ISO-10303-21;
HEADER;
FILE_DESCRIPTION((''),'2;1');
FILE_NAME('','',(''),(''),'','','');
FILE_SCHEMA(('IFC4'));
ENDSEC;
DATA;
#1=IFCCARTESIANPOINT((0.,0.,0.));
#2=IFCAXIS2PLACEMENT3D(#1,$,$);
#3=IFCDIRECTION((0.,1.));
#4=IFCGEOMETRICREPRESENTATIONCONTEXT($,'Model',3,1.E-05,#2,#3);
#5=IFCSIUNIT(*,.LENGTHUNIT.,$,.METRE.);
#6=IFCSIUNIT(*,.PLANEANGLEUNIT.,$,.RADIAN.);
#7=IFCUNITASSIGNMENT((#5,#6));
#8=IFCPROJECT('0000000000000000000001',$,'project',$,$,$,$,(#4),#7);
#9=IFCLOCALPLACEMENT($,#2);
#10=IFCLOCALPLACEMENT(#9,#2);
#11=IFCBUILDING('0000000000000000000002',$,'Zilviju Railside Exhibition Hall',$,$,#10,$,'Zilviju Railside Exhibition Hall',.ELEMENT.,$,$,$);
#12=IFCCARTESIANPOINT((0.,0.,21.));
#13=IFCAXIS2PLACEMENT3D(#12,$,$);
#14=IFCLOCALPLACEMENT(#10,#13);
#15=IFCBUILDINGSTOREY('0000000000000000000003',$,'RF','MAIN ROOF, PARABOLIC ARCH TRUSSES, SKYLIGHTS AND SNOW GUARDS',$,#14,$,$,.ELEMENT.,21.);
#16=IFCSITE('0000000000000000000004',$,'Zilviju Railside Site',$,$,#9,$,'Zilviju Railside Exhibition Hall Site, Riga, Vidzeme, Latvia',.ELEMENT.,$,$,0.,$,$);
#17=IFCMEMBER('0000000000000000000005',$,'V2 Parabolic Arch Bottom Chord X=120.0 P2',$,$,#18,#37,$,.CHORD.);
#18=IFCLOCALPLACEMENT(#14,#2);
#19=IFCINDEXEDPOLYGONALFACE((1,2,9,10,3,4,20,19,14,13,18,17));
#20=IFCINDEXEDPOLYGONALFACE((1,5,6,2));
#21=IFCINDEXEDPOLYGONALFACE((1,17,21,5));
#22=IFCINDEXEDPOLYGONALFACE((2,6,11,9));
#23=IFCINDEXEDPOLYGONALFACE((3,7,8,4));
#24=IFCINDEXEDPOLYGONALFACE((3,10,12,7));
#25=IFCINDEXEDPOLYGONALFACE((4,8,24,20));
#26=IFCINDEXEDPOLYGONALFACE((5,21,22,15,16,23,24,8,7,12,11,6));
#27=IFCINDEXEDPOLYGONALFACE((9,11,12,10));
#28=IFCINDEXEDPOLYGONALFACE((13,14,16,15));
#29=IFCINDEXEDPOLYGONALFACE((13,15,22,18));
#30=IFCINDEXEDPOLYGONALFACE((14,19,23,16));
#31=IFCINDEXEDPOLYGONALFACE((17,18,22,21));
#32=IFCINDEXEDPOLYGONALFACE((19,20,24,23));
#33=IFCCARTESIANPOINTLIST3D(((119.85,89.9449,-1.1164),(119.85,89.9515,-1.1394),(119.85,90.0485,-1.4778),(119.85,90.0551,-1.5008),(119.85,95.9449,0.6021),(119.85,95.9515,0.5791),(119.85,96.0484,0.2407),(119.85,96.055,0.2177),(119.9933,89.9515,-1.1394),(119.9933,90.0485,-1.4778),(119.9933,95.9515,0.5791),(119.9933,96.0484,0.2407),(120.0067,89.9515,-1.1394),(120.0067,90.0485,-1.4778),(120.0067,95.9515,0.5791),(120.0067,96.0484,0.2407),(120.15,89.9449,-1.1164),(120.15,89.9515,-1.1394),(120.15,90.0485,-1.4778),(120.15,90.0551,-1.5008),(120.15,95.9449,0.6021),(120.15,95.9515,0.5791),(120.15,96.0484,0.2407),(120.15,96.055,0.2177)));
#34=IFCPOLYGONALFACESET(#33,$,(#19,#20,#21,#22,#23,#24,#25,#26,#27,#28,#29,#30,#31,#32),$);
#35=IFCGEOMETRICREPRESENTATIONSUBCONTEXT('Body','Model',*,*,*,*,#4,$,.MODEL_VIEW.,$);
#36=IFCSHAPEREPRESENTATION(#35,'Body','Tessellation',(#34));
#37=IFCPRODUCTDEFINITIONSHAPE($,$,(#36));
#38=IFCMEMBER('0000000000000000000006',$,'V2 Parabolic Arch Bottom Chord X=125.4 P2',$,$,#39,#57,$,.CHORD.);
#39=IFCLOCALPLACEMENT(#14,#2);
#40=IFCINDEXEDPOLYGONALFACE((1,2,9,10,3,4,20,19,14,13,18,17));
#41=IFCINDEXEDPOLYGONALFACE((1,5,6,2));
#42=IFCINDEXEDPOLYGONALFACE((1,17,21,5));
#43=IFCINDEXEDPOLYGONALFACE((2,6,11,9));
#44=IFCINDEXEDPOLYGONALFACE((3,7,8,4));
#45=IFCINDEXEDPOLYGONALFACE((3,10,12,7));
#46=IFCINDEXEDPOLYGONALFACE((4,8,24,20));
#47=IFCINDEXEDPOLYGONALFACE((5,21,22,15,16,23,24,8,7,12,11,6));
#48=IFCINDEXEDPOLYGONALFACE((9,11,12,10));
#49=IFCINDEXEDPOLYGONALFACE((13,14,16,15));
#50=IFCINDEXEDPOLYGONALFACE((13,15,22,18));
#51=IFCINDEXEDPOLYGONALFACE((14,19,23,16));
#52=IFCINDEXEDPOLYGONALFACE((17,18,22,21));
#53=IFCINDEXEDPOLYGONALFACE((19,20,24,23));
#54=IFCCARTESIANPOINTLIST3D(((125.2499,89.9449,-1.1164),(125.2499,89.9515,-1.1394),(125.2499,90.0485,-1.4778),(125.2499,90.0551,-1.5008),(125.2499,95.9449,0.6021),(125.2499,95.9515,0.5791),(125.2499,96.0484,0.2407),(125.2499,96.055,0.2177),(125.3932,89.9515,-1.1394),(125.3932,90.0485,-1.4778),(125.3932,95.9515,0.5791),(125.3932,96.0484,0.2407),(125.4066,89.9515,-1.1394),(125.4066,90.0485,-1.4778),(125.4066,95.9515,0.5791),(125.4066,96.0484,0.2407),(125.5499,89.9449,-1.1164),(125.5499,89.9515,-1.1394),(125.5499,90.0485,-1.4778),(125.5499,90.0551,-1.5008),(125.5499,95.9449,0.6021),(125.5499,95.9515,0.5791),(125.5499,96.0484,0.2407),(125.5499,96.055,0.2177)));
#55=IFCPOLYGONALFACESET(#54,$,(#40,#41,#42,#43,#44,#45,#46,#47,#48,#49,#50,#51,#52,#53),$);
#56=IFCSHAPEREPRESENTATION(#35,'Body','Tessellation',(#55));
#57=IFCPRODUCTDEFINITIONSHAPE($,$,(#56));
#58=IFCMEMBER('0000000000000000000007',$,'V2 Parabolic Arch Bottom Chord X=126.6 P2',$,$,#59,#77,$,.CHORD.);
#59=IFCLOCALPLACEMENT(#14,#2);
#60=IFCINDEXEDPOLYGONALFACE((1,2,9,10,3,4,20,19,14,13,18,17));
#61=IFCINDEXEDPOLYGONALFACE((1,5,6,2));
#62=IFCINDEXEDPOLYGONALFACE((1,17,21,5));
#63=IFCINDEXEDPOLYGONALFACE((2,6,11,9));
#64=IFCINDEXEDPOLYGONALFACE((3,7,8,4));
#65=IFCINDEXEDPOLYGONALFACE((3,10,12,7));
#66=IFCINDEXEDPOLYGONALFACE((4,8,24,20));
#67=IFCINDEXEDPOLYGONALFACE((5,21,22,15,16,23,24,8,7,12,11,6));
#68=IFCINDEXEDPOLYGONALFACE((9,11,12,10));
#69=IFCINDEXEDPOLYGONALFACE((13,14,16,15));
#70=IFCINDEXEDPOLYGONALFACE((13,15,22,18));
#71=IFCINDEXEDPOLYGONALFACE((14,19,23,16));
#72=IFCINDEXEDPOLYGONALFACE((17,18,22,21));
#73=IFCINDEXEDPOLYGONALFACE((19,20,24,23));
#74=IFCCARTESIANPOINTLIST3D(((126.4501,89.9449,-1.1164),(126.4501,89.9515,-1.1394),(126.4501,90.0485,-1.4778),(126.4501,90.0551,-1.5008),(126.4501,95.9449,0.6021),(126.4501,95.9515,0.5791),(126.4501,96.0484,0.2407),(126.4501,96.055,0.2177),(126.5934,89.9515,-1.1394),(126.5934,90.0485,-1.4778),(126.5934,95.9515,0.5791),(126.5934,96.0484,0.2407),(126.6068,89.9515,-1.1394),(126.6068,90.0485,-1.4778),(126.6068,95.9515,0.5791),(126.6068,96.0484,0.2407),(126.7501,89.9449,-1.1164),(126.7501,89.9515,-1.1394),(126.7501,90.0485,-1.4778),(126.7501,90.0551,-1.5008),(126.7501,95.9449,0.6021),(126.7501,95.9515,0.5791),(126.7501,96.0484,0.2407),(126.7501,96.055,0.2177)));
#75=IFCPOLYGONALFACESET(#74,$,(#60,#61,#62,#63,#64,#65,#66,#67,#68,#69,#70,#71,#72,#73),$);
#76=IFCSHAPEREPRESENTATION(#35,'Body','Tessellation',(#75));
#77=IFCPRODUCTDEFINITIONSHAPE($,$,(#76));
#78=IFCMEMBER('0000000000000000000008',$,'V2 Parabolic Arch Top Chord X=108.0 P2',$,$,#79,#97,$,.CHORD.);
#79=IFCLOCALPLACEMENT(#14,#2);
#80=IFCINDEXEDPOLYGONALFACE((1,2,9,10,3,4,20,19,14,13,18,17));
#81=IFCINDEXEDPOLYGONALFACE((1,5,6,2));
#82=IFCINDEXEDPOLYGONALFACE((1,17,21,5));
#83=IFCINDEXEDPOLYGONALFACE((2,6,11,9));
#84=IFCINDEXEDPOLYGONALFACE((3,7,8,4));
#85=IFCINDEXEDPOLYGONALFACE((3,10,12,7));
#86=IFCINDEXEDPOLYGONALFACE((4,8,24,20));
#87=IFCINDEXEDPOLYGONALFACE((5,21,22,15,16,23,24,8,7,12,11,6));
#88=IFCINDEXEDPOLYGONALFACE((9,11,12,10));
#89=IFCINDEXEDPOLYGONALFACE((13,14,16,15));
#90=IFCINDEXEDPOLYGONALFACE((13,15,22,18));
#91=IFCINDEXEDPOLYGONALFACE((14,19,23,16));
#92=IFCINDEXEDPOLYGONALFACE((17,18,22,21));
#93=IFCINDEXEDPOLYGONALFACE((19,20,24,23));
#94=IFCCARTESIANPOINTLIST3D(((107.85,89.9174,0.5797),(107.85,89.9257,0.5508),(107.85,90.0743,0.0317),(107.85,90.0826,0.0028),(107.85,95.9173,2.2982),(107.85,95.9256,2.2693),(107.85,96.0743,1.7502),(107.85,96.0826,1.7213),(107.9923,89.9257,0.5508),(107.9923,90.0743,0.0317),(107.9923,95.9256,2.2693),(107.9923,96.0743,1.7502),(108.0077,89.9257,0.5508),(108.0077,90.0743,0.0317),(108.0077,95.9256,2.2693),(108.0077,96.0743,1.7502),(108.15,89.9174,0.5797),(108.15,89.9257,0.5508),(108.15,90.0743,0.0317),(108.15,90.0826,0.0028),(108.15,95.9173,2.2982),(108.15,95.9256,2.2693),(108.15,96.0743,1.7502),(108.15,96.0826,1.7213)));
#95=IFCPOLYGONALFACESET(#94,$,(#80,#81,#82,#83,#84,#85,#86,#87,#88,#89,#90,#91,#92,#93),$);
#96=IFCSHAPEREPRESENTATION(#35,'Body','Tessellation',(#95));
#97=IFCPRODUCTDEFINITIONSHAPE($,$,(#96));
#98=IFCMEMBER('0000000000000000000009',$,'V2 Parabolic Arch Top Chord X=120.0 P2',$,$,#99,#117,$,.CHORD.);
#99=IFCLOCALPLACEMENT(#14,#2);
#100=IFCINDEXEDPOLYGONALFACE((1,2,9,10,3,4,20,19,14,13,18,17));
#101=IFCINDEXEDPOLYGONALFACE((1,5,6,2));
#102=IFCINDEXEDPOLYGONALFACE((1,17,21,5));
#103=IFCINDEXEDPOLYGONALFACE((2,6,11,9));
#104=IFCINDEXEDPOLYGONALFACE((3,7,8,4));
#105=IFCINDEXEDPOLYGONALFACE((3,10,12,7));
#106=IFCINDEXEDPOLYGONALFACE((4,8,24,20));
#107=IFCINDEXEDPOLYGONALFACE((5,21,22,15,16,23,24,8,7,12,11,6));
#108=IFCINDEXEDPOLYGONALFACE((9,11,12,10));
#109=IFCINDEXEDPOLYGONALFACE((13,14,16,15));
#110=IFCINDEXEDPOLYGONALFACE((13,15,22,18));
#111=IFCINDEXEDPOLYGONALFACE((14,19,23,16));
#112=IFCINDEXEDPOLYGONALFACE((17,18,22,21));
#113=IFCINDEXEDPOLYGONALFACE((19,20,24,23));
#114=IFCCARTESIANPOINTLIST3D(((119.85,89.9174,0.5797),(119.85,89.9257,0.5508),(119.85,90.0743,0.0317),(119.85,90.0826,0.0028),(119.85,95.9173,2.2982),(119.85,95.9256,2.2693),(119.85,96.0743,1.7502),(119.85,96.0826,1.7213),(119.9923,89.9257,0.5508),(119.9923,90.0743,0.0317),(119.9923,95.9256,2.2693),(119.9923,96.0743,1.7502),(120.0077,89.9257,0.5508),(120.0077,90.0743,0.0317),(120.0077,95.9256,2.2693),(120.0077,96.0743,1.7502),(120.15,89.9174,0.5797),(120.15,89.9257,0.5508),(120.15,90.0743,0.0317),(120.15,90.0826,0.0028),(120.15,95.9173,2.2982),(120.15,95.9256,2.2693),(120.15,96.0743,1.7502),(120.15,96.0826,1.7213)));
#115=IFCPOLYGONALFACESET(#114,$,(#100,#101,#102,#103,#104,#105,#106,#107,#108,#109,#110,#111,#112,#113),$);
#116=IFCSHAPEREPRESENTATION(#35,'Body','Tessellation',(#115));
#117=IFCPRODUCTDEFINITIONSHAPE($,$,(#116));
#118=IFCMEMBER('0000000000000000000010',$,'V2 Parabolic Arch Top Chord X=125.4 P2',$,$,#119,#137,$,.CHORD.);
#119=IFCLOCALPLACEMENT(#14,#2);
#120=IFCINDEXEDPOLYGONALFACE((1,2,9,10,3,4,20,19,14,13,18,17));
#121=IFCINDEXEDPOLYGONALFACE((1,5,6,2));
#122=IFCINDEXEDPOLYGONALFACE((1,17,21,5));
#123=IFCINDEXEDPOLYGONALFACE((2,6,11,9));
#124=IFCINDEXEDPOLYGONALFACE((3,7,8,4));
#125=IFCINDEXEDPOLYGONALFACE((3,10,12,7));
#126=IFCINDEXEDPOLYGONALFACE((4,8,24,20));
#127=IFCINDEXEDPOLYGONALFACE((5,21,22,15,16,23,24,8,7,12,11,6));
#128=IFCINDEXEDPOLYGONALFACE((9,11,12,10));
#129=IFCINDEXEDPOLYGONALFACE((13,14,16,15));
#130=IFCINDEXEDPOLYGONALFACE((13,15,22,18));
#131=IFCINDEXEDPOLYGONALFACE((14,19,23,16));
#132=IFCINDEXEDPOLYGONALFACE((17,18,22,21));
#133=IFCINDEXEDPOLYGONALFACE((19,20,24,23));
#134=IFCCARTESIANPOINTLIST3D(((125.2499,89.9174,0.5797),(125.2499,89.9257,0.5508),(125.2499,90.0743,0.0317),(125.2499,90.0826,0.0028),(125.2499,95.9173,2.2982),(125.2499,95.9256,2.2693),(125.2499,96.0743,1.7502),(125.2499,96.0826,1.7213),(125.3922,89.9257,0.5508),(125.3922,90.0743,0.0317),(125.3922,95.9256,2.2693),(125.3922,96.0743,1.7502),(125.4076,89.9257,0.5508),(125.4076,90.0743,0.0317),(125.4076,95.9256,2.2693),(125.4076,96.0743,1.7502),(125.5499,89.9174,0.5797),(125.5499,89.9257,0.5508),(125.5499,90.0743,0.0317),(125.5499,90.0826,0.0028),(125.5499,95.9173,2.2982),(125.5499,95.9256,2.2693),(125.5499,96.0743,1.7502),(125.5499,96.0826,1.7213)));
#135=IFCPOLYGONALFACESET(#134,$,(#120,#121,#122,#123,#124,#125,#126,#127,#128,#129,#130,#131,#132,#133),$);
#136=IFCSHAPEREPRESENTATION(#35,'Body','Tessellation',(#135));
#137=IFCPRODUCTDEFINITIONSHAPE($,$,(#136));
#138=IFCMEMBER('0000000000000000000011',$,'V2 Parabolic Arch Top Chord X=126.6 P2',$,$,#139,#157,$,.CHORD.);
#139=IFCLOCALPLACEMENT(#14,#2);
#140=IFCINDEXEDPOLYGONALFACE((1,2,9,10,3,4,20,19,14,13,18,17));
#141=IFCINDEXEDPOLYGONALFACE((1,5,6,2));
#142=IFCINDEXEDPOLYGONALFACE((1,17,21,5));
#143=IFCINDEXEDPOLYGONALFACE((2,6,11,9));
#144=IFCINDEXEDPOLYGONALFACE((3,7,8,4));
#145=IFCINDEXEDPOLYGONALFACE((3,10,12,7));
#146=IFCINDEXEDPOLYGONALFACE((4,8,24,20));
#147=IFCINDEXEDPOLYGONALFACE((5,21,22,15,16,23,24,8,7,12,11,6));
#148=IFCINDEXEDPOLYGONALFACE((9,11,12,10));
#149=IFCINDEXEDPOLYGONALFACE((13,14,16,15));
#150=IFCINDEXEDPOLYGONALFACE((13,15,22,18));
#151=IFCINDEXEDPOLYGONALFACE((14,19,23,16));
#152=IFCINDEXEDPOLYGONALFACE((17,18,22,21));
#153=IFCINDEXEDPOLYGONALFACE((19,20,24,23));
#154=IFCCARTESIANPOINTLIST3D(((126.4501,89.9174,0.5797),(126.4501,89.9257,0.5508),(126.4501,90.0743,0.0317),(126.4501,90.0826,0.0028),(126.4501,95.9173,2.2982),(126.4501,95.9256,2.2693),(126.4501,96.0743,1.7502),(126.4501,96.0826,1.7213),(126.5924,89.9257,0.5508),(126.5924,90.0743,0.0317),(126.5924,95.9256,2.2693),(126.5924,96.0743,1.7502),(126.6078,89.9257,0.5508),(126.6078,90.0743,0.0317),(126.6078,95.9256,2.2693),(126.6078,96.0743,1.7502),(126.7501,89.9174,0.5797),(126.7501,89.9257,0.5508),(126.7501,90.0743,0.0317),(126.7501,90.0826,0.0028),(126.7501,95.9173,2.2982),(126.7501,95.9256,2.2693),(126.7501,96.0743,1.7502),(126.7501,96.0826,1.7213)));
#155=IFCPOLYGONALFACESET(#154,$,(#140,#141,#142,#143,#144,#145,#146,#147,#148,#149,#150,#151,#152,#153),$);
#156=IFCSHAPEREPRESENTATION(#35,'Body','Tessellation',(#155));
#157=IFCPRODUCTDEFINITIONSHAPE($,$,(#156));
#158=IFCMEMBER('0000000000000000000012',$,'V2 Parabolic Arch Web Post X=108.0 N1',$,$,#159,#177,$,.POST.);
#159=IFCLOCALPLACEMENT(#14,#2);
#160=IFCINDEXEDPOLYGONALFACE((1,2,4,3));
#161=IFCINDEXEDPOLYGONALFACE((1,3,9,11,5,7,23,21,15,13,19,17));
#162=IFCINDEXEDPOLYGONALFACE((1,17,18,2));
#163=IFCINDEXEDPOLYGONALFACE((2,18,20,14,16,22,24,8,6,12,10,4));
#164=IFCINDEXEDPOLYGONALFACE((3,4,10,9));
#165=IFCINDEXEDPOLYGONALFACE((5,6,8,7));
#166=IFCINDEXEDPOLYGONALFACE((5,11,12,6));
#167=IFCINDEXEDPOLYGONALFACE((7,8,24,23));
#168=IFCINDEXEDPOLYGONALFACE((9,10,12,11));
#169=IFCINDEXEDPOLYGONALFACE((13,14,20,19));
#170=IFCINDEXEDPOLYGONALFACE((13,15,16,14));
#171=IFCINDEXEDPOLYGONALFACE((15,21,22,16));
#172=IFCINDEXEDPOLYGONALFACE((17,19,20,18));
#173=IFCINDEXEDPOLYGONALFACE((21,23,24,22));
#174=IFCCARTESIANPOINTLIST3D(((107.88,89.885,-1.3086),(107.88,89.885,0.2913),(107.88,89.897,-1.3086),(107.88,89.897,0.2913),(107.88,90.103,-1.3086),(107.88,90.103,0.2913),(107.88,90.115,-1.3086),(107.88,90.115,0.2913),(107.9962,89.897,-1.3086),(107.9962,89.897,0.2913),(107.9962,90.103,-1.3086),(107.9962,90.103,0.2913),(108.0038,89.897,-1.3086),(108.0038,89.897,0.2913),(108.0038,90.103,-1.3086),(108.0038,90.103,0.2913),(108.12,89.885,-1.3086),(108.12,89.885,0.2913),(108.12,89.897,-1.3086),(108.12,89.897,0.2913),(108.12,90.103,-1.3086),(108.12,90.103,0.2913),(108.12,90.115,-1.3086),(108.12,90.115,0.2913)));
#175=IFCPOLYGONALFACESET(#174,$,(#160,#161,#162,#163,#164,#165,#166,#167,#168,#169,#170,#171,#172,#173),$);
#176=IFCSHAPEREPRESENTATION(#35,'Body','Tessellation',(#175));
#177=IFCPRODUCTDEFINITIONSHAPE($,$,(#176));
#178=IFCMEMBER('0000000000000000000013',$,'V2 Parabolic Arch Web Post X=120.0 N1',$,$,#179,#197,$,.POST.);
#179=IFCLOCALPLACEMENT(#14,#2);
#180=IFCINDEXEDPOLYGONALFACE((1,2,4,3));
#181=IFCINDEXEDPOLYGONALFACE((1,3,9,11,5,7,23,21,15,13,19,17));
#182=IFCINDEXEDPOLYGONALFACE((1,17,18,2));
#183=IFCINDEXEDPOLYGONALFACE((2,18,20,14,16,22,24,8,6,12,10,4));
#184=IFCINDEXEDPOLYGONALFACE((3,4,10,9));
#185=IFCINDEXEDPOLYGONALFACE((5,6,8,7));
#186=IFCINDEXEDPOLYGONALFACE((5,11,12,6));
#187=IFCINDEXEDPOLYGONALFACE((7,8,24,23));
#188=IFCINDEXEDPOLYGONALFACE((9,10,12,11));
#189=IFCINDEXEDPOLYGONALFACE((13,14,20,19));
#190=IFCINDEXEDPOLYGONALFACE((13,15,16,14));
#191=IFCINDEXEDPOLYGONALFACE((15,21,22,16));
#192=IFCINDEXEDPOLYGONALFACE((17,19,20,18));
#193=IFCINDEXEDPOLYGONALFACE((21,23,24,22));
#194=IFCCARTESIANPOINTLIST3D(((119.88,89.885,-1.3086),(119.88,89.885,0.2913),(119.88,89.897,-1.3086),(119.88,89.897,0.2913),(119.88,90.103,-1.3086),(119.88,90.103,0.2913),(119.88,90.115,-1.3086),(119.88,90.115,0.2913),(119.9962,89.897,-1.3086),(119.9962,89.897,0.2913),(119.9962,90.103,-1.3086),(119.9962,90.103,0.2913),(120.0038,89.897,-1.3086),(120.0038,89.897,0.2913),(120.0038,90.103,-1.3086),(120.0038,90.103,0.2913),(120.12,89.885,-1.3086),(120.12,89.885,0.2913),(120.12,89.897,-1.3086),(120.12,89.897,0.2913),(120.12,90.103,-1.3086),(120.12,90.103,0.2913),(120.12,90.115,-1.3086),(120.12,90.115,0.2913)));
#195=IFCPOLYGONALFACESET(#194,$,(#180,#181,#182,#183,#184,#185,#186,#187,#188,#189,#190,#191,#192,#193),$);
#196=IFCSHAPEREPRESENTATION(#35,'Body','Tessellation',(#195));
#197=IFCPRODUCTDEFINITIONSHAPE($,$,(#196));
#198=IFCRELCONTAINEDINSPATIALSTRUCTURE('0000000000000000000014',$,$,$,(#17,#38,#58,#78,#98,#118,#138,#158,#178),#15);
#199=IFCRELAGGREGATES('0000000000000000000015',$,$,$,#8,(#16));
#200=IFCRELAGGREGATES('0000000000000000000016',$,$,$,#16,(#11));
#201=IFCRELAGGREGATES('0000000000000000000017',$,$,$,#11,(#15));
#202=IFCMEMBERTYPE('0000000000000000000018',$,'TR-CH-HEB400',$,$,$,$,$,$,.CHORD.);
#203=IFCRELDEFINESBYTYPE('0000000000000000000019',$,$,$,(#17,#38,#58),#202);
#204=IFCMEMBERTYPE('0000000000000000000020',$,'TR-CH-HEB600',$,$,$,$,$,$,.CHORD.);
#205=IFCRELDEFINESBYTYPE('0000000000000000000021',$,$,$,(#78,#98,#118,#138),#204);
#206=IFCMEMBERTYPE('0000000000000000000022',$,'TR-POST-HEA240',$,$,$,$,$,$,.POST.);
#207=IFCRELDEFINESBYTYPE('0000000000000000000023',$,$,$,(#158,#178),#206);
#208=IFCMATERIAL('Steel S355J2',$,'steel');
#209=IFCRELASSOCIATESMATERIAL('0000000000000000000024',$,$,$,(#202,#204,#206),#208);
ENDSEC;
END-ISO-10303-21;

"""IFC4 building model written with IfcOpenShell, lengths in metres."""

from ifc_helpers import new_model, si_unit, direction, frame, origin, origin_2d, place, context, subcontext, project, spatial, i_section, extrude, material, material_profile, profile_set, type_object, element, save


model = new_model("IFC4")

# Units and contexts
model_context = context("Model", 3, precision=1e-05, world=origin(), true_north=direction((0.0, 1.0)))
body_context = subcontext(model_context, "Body", "Model", "MODEL_VIEW")
ifc_project = project(units=[si_unit("LENGTHUNIT", "METRE"), si_unit("PLANEANGLEUNIT", "RADIAN")], contexts=[model_context])

# Site, building, storey
site_placement = place(None, origin())
site = spatial("IfcSite", under=ifc_project, at=site_placement, Name="Zilviju Railside Site", LongName="Zilviju Railside Exhibition Hall Site, Riga, Vidzeme, Latvia", CompositionType="ELEMENT", RefElevation=0.0)
building_placement = place(site_placement, origin())
building = spatial("IfcBuilding", under=site, at=building_placement, Name="Zilviju Railside Exhibition Hall", LongName="Zilviju Railside Exhibition Hall", CompositionType="ELEMENT")
storey_placement = place(building_placement, frame((0.0, 0.0, 21.0)))
storey = spatial("IfcBuildingStorey", under=building, at=storey_placement, Name="RF", Description="MAIN ROOF, PARABOLIC ARCH TRUSSES, SKYLIGHTS AND SNOW GUARDS", CompositionType="ELEMENT", Elevation=21.0)

# Members
ifc_material_1 = material(Name="Steel S355J2", Category="steel")
ifc_material_profile_1 = material_profile(ifc_material_1, i_section(OverallWidth=0.3, OverallDepth=0.3999, WebThickness=0.0134, FlangeThickness=0.0239, at=origin_2d()), Name="HEB 400")
ifc_profile_set_1 = profile_set([ifc_material_profile_1], Name="Steel S355J2")
member_type_1 = type_object("IfcMemberType", Name="TR-CH-HEB400", PredefinedType="CHORD", material=ifc_profile_set_1)
for number, where, z_axis, x_axis, name in (
    (1, (120.0, 90.0, -1.3086), (0.0, 0.961345, 0.275346), (-1.0, 0.0, 0.0), "V2 Parabolic Arch Bottom Chord X=120.0 P2"),
    (2, (125.3999, 90.0, -1.3086), (0.0, 0.961345, 0.275346), (-1.0, 0.0, 0.0), "V2 Parabolic Arch Bottom Chord X=125.4 P2"),
    (3, (126.6001, 90.0, -1.3086), (0.0, 0.961345, 0.275346), (-1.0, 0.0, 0.0), "V2 Parabolic Arch Bottom Chord X=126.6 P2"),
):
    element("IfcMember", number, at=place(storey_placement, frame(where, z_axis=z_axis, x_axis=x_axis)), inside=storey, type_object=member_type_1, Name=name, PredefinedType="CHORD", context=body_context, shape_type="SweptSolid", body=[
        extrude(i_section(OverallWidth=0.3, OverallDepth=0.3999, WebThickness=0.0134, FlangeThickness=0.0239, at=origin_2d()), origin(), (0.0, 0.0, 1.0), 6.2412),
    ])
ifc_material_profile_2 = material_profile(ifc_material_1, i_section(OverallWidth=0.3, OverallDepth=0.6001, WebThickness=0.0154, FlangeThickness=0.03, at=origin_2d()), Name="HEB 600")
ifc_profile_set_2 = profile_set([ifc_material_profile_2], Name="Steel S355J2")
member_type_2 = type_object("IfcMemberType", Name="TR-CH-HEB600", PredefinedType="CHORD", material=ifc_profile_set_2)
for number, where, z_axis, x_axis, name in (
    (4, (108.0, 90.0, 0.2913), (0.0, 0.961345, 0.275346), (-1.0, 0.0, 0.0), "V2 Parabolic Arch Top Chord X=108.0 P2"),
    (5, (120.0, 90.0, 0.2913), (0.0, 0.961345, 0.275346), (-1.0, 0.0, 0.0), "V2 Parabolic Arch Top Chord X=120.0 P2"),
    (6, (125.3999, 90.0, 0.2913), (0.0, 0.961345, 0.275346), (-1.0, 0.0, 0.0), "V2 Parabolic Arch Top Chord X=125.4 P2"),
    (7, (126.6001, 90.0, 0.2913), (0.0, 0.961345, 0.275346), (-1.0, 0.0, 0.0), "V2 Parabolic Arch Top Chord X=126.6 P2"),
):
    element("IfcMember", number, at=place(storey_placement, frame(where, z_axis=z_axis, x_axis=x_axis)), inside=storey, type_object=member_type_2, Name=name, PredefinedType="CHORD", context=body_context, shape_type="SweptSolid", body=[
        extrude(i_section(OverallWidth=0.3, OverallDepth=0.6001, WebThickness=0.0154, FlangeThickness=0.03, at=origin_2d()), origin(), (0.0, 0.0, 1.0), 6.2412),
    ])
ifc_material_profile_3 = material_profile(ifc_material_1, i_section(OverallWidth=0.24, OverallDepth=0.23, WebThickness=0.0076, FlangeThickness=0.012, at=origin_2d()), Name="HEA 240")
ifc_profile_set_3 = profile_set([ifc_material_profile_3], Name="Steel S355J2")
member_type_3 = type_object("IfcMemberType", Name="TR-POST-HEA240", PredefinedType="POST", material=ifc_profile_set_3)
for number, where, z_axis, x_axis, name in (
    (8, (108.0, 90.0, -1.3086), (0.0, 0.0, 1.0), (1.0, 0.0, 0.0), "V2 Parabolic Arch Web Post X=108.0 N1"),
    (9, (120.0, 90.0, -1.3086), (0.0, 0.0, 1.0), (1.0, 0.0, 0.0), "V2 Parabolic Arch Web Post X=120.0 N1"),
):
    element("IfcMember", number, at=place(storey_placement, frame(where, z_axis=z_axis, x_axis=x_axis)), inside=storey, type_object=member_type_3, Name=name, PredefinedType="POST", context=body_context, shape_type="SweptSolid", body=[
        extrude(i_section(OverallWidth=0.24, OverallDepth=0.23, WebThickness=0.0076, FlangeThickness=0.012, at=origin_2d()), origin(), (0.0, 0.0, 1.0), 1.5999),
    ])

save(model, "model.ifc")
